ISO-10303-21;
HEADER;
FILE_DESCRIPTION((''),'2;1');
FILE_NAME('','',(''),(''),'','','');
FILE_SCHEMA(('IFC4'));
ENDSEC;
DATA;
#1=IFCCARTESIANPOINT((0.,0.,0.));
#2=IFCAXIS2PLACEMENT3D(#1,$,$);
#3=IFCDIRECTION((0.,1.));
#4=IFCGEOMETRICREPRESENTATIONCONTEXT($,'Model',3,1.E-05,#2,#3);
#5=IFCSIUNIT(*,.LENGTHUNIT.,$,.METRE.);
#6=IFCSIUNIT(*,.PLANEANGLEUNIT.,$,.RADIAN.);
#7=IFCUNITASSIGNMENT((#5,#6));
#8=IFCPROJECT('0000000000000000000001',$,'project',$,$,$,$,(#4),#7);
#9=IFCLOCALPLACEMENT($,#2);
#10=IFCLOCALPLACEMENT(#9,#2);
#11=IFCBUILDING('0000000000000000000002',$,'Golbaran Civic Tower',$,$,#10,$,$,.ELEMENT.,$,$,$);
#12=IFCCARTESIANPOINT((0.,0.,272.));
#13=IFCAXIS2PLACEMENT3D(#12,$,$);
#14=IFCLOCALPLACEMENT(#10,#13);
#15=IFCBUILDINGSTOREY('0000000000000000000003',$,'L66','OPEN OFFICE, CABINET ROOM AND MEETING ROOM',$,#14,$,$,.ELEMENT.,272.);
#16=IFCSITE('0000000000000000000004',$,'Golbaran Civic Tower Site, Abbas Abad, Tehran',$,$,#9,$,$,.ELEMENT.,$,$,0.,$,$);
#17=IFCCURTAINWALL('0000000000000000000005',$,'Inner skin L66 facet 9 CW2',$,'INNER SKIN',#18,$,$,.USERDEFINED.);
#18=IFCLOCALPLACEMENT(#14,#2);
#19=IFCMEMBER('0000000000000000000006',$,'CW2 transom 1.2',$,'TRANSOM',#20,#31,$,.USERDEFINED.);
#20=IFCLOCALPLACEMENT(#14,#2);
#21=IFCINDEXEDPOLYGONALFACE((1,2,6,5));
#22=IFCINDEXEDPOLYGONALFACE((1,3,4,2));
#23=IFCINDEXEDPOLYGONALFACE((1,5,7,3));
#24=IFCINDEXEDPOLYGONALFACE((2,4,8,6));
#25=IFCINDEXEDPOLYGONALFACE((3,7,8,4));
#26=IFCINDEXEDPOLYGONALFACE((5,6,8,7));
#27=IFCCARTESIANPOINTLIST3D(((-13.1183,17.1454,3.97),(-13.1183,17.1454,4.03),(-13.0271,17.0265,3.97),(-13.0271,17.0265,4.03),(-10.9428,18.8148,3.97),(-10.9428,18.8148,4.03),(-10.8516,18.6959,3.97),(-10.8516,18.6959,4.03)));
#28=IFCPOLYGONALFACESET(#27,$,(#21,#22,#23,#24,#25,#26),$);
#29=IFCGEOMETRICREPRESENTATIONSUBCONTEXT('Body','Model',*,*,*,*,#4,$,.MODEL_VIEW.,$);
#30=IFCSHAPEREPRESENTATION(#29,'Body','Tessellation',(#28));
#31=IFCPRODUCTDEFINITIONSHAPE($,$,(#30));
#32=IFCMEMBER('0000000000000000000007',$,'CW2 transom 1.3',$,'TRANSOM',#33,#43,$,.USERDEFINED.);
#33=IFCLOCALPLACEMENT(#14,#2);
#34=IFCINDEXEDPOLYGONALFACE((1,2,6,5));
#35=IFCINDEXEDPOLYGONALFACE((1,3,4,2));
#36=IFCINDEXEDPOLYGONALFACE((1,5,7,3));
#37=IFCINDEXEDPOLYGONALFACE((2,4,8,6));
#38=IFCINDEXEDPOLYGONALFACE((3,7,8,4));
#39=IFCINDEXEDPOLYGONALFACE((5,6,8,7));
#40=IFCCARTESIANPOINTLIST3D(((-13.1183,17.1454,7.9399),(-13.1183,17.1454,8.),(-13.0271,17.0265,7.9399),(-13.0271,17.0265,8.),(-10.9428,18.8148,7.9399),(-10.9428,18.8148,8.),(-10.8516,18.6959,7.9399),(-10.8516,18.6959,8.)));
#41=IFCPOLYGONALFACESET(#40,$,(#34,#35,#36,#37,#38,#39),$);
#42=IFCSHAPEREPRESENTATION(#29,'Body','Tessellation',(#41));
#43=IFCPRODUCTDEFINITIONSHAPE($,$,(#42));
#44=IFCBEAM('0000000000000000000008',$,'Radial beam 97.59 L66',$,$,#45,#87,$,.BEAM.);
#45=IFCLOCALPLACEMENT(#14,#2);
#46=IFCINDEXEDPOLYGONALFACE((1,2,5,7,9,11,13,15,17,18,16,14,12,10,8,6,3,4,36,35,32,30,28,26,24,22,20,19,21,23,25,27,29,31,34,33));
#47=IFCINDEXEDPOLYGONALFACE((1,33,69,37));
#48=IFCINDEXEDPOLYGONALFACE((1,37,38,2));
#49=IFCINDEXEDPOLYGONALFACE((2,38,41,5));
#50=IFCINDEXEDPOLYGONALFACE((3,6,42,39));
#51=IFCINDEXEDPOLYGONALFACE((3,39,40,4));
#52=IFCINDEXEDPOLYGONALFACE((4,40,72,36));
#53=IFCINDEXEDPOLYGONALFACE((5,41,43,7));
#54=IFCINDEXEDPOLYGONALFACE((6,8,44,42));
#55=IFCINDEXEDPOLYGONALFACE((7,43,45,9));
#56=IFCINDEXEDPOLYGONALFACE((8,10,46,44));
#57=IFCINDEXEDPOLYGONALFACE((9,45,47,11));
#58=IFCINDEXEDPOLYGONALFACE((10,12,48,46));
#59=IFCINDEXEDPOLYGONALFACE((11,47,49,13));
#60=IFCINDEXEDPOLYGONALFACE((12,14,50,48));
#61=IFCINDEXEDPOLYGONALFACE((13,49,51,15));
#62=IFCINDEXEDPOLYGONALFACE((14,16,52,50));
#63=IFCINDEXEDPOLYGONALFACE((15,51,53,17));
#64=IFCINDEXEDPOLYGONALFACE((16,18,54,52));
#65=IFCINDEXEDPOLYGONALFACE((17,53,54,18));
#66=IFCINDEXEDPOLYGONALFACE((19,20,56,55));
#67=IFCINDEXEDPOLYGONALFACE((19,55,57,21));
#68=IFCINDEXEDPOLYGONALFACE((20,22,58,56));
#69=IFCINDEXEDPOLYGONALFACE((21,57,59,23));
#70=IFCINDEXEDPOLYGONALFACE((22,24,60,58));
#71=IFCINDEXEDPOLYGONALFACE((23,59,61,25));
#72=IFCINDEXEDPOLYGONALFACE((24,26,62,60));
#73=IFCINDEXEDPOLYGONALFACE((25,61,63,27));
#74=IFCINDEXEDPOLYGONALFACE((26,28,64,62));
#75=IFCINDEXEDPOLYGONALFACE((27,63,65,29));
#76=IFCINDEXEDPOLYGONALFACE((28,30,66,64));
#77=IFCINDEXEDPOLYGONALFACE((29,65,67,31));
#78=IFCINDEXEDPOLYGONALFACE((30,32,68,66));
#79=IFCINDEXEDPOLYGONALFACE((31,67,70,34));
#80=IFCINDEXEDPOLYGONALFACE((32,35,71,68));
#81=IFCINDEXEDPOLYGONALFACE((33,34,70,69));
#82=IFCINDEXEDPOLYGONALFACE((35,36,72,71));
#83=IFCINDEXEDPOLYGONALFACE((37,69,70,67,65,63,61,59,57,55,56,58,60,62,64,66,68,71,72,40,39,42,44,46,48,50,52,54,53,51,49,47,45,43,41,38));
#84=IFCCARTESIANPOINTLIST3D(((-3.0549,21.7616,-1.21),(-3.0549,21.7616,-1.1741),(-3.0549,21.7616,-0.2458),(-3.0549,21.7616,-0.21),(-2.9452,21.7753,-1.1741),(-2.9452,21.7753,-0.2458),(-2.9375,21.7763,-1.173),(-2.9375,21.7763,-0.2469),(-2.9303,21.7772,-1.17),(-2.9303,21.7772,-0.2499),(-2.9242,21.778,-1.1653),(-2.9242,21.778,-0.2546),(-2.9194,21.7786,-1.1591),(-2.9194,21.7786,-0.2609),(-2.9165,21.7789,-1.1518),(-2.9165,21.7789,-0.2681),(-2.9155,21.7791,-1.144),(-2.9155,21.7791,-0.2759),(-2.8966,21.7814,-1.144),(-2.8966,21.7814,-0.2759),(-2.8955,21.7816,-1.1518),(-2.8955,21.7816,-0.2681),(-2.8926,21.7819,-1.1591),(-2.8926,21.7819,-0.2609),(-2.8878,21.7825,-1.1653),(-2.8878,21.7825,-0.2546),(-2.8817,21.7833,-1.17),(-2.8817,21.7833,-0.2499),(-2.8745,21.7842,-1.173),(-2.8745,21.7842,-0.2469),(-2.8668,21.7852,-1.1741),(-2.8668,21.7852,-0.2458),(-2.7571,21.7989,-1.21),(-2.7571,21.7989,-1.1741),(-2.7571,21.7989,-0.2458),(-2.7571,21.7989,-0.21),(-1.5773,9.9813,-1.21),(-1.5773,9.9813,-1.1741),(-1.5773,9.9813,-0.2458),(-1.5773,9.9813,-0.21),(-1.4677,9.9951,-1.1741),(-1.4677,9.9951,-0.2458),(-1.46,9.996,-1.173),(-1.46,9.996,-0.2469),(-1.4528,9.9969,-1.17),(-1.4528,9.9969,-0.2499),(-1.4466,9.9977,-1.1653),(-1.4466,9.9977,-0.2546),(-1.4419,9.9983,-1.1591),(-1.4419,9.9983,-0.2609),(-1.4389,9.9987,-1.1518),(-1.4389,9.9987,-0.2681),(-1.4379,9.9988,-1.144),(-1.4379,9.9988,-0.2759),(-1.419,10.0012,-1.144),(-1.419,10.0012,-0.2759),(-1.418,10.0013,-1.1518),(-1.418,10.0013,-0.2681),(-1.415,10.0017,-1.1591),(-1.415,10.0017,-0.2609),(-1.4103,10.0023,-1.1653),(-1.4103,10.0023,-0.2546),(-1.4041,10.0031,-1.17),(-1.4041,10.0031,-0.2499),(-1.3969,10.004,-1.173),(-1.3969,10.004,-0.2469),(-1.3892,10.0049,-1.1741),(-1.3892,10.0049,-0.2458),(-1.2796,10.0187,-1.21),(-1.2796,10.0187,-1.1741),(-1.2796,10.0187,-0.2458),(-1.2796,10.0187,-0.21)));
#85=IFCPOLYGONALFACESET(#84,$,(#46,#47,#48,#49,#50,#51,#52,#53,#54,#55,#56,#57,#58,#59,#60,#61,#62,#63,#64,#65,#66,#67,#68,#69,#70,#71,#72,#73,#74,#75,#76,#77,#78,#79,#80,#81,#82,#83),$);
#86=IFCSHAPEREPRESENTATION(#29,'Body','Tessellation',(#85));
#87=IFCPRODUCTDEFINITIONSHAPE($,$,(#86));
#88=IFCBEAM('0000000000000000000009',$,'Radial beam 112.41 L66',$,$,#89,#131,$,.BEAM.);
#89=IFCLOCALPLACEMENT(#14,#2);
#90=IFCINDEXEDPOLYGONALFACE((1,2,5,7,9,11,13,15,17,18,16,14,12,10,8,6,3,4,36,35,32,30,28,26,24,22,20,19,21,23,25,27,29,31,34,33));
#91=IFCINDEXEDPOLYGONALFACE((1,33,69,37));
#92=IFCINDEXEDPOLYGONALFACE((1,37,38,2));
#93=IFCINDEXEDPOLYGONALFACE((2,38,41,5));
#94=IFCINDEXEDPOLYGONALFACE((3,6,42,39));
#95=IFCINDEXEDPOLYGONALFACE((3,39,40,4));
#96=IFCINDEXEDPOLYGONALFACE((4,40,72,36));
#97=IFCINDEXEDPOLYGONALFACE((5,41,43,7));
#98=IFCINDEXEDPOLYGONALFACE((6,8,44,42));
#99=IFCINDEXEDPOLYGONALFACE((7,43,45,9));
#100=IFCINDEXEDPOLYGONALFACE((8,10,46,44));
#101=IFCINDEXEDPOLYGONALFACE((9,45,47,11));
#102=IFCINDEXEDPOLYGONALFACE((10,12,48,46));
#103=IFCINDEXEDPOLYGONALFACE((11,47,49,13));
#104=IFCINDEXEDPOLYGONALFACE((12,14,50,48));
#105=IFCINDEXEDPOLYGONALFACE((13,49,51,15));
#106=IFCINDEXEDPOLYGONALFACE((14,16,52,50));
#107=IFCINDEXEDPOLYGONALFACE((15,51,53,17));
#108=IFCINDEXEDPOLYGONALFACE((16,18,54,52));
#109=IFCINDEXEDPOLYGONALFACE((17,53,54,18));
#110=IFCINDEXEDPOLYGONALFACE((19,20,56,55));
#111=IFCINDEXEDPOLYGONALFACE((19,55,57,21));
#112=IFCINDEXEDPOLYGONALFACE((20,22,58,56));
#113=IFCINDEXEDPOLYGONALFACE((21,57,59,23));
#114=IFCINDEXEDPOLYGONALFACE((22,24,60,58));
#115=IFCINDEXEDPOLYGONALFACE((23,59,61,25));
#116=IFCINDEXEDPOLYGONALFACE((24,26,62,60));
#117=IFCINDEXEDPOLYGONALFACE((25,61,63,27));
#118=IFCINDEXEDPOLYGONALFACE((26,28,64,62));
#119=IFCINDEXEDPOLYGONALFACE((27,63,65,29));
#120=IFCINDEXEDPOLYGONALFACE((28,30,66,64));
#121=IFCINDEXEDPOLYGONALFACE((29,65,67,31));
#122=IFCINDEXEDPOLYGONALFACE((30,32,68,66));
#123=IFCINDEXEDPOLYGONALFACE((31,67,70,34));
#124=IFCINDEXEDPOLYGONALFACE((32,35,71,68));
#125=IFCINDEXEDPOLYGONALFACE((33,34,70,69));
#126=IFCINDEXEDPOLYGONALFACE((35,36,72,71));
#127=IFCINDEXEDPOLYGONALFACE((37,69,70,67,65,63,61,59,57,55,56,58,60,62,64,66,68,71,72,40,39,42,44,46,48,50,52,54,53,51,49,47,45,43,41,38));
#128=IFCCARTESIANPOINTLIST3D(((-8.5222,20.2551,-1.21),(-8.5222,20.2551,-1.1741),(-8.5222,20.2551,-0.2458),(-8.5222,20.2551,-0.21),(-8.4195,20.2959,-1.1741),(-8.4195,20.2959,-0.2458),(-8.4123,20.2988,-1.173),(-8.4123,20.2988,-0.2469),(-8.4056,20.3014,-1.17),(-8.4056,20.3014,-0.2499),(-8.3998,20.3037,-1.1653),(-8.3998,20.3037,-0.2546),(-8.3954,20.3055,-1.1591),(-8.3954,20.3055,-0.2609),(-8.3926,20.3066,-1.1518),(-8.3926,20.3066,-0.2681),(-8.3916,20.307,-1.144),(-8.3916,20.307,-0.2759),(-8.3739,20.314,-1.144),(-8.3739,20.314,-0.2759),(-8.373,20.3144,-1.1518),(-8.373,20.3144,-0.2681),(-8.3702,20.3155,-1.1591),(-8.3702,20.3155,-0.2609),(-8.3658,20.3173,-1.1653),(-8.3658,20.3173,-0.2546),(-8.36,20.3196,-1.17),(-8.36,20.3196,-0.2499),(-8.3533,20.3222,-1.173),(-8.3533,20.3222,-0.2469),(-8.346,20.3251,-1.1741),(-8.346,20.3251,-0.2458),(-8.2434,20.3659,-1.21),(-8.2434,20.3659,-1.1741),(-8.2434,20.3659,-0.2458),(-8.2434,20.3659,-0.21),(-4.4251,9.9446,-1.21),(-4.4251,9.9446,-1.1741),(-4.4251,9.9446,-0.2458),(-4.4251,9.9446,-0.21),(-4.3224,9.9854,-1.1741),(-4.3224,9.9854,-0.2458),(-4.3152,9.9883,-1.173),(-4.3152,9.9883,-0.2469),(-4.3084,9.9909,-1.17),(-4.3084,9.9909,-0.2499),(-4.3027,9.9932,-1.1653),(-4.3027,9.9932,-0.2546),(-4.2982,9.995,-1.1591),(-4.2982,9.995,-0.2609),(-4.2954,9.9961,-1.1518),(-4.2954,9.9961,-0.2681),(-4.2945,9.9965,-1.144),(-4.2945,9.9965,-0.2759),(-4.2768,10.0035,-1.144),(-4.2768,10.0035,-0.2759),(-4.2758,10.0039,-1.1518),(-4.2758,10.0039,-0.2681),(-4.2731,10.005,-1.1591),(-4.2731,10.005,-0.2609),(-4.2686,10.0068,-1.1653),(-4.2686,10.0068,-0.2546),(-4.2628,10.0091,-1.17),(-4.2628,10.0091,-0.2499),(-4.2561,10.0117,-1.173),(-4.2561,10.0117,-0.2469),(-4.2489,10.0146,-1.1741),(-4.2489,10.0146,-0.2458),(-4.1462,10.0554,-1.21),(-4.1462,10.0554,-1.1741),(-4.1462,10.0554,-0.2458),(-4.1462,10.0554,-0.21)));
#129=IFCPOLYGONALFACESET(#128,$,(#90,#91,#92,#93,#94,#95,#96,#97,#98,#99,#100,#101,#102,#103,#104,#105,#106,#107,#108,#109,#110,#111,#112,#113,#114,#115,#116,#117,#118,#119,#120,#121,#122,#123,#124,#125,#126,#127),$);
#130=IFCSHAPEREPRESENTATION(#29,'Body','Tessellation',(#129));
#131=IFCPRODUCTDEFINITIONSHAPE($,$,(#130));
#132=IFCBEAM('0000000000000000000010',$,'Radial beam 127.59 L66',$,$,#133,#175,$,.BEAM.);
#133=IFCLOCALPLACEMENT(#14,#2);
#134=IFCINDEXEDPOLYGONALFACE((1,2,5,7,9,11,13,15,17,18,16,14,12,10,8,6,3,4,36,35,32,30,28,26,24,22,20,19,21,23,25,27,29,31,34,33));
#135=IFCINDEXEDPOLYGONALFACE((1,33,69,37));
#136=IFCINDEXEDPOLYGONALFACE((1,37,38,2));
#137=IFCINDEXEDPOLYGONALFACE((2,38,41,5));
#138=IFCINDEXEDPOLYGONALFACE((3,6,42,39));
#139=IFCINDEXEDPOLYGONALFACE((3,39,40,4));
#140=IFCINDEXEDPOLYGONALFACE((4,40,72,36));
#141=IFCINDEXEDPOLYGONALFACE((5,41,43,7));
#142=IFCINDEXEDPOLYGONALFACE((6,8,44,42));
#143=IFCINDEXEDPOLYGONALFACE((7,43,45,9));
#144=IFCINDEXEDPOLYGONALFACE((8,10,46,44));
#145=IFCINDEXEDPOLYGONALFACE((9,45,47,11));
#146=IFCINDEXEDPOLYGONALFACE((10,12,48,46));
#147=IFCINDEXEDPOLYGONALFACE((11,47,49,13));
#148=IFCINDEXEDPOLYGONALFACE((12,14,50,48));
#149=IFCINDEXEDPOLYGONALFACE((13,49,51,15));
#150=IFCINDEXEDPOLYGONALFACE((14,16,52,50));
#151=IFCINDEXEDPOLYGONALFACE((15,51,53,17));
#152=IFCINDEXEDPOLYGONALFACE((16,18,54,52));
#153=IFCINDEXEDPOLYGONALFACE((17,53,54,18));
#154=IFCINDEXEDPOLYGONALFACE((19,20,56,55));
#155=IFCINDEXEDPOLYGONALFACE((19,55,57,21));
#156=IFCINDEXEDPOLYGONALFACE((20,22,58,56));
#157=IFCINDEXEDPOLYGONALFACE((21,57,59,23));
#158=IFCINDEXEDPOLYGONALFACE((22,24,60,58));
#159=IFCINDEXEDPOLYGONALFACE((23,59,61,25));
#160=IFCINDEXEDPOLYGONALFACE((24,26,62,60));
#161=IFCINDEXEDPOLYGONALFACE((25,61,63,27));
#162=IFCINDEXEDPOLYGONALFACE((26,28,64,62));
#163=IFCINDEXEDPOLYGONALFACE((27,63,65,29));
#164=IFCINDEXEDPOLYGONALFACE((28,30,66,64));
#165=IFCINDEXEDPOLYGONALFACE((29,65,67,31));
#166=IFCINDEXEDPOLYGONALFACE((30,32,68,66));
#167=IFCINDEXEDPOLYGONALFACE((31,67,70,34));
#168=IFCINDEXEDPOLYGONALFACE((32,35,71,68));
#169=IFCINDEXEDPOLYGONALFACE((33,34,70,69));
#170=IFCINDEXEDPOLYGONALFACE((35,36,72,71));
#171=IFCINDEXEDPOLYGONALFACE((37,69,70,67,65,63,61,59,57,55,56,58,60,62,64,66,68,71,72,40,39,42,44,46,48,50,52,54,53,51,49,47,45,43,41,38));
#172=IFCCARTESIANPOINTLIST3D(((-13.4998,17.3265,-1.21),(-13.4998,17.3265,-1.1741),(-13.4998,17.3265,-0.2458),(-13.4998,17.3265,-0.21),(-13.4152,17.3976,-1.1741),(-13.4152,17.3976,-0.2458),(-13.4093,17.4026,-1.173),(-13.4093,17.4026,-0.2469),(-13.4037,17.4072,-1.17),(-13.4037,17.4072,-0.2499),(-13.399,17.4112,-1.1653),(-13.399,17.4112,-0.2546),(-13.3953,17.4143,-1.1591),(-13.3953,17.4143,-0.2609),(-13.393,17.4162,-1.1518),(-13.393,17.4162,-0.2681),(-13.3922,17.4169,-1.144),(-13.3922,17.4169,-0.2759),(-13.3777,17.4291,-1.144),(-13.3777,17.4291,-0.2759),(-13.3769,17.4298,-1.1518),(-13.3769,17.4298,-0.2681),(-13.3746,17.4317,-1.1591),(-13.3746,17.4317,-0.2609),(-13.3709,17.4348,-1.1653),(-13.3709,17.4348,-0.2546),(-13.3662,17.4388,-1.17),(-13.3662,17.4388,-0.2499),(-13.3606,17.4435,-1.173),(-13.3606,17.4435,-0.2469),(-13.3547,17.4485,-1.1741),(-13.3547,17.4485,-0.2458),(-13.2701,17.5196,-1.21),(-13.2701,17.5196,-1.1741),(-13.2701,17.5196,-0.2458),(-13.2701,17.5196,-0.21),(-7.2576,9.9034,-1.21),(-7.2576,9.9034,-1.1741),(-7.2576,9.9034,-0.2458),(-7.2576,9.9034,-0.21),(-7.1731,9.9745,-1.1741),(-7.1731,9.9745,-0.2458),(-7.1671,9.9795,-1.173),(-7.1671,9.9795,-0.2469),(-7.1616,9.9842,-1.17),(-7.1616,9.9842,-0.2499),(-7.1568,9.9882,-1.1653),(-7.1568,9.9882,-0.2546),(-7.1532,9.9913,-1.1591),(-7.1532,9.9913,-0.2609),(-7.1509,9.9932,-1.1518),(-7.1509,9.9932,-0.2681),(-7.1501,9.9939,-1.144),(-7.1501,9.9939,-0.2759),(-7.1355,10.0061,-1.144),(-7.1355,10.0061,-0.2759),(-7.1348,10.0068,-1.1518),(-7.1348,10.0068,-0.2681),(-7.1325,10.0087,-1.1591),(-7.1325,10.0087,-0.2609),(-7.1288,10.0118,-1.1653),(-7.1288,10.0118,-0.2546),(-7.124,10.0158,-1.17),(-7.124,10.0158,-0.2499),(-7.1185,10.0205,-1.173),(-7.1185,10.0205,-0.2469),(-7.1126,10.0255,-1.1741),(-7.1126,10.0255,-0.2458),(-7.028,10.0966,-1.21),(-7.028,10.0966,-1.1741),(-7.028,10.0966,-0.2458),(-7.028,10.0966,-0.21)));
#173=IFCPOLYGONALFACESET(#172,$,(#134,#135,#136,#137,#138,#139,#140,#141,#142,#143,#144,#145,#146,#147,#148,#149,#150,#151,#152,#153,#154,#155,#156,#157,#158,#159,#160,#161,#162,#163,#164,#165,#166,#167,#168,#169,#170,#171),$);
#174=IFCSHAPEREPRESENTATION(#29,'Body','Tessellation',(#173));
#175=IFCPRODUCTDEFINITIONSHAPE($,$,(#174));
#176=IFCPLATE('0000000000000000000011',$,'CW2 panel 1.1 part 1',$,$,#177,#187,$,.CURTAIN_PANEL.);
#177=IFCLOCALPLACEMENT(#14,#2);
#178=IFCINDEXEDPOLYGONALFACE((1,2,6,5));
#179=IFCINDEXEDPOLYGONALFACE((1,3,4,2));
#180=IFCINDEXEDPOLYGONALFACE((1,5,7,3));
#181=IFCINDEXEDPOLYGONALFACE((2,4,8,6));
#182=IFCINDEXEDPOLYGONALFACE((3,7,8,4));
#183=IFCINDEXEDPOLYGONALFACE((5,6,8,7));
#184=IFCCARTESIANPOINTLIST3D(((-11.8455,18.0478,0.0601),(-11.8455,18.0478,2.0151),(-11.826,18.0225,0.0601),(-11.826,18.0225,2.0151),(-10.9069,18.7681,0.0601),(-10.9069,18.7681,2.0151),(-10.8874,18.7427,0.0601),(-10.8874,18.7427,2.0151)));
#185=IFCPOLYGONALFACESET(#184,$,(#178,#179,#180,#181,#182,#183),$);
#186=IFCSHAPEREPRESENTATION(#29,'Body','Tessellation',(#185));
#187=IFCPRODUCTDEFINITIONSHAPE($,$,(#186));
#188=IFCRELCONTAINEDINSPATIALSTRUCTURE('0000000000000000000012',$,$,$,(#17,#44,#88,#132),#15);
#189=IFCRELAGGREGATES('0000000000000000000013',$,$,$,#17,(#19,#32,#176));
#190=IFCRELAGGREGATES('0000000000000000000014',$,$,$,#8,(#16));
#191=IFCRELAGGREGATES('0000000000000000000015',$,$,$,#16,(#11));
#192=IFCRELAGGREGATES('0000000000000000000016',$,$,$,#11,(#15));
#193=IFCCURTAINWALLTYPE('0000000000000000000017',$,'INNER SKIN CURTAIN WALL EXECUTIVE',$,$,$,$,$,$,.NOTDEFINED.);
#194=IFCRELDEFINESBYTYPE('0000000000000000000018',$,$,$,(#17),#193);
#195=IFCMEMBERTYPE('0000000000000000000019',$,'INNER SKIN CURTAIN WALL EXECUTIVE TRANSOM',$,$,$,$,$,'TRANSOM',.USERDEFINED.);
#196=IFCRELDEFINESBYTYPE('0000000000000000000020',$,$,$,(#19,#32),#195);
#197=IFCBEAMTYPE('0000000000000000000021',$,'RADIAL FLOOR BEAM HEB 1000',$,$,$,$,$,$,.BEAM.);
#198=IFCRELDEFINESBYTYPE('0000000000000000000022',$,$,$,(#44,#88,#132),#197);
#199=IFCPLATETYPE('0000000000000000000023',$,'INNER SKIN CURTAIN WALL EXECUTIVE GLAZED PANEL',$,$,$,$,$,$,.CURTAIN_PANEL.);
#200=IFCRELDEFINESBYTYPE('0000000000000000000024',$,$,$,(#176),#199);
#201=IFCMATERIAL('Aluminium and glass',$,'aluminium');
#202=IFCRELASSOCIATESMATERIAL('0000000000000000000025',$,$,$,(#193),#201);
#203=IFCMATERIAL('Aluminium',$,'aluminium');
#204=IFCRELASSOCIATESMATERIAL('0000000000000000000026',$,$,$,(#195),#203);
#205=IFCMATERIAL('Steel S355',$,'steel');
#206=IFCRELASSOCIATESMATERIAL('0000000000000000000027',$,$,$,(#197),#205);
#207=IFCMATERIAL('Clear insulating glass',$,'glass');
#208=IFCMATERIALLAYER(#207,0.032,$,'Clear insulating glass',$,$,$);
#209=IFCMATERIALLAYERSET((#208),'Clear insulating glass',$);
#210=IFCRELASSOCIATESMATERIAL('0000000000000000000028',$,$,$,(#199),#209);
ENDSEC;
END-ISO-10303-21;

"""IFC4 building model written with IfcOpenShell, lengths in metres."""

from ifc_helpers import new_model, si_unit, direction, frame, origin, origin_2d, place, context, subcontext, project, spatial, rectangle, i_section, extrude, material, layer, layer_set, material_profile, profile_set, type_object, element, aggregate, save


model = new_model("IFC4")

# Units and contexts
model_context = context("Model", 3, precision=1e-05, world=origin(), true_north=direction((0.0, 1.0)))
body_context = subcontext(model_context, "Body", "Model", "MODEL_VIEW")
ifc_project = project(units=[si_unit("LENGTHUNIT", "METRE"), si_unit("PLANEANGLEUNIT", "RADIAN")], contexts=[model_context])

# Site, building, storey
site_placement = place(None, origin())
site = spatial("IfcSite", under=ifc_project, at=site_placement, Name="Golbaran Civic Tower Site, Abbas Abad, Tehran", CompositionType="ELEMENT", RefElevation=0.0)
building_placement = place(site_placement, origin())
building = spatial("IfcBuilding", under=site, at=building_placement, Name="Golbaran Civic Tower", CompositionType="ELEMENT")
storey_placement = place(building_placement, frame((0.0, 0.0, 272.0)))
storey = spatial("IfcBuildingStorey", under=building, at=storey_placement, Name="L66", Description="OPEN OFFICE, CABINET ROOM AND MEETING ROOM", CompositionType="ELEMENT", Elevation=272.0)

# Shared definitions
ifc_material_1 = material(Name="Steel S355", Category="steel")

# Shared definitions
ifc_material_2 = material(Name="Aluminium and glass", Category="aluminium")
curtain_wall_type = type_object("IfcCurtainWallType", Name="INNER SKIN CURTAIN WALL EXECUTIVE", PredefinedType="NOTDEFINED", material=ifc_material_2)
ifc_material_3 = material(Name="Aluminium", Category="aluminium")

# Curtain wall, members
curtain_wall_1_placement = place(storey_placement, origin())
curtain_wall_1 = element("IfcCurtainWall", 1, at=curtain_wall_1_placement, inside=storey, type_object=curtain_wall_type, Name="Inner skin L66 facet 9 CW2", ObjectType="INNER SKIN", PredefinedType="USERDEFINED")
ifc_material_profile_1 = material_profile(ifc_material_3, rectangle(XDim=0.1499, YDim=0.0601, at=origin_2d()), Name="INNER SKIN CURTAIN WALL EXECUTIVE TRANSOM")
ifc_profile_set_1 = profile_set([ifc_material_profile_1], Name="Aluminium")
member_type_1 = type_object("IfcMemberType", Name="INNER SKIN CURTAIN WALL EXECUTIVE TRANSOM", ElementType="TRANSOM", PredefinedType="USERDEFINED", material=ifc_profile_set_1)
member_1_placement = place(storey_placement, frame((-10.8972, 18.7554, 4.0), z_axis=(-0.793338, -0.608781, 0.0), x_axis=(0.608781, -0.793338, 0.0)))
member_1 = element("IfcMember", 2, at=member_1_placement, type_object=member_type_1, Name="CW2 transom 1.2", ObjectType="TRANSOM", PredefinedType="USERDEFINED", context=body_context, shape_type="SweptSolid", body=[
    extrude(rectangle(XDim=0.1499, YDim=0.0601, at=origin_2d()), origin(), (0.0, 0.0, 1.0), 2.7422),
])
member_2_placement = place(storey_placement, frame((-10.8972, 18.7554, 7.97), z_axis=(-0.793338, -0.608781, 0.0), x_axis=(0.608781, -0.793338, 0.0)))
member_2 = element("IfcMember", 3, at=member_2_placement, type_object=member_type_1, Name="CW2 transom 1.3", ObjectType="TRANSOM", PredefinedType="USERDEFINED", context=body_context, shape_type="SweptSolid", body=[
    extrude(rectangle(XDim=0.1499, YDim=0.0601, at=origin_2d()), origin(), (0.0, 0.0, 1.0), 2.7422),
])

# Beams
ifc_material_profile_2 = material_profile(ifc_material_1, i_section(OverallWidth=0.3, OverallDepth=1.0, WebThickness=0.019, FlangeThickness=0.0359, FilletRadius=0.03, at=origin_2d()), Name="HEB 1000")
ifc_profile_set_2 = profile_set([ifc_material_profile_2], Name="Steel S355")
beam_type_1 = type_object("IfcBeamType", Name="RADIAL FLOOR BEAM HEB 1000", PredefinedType="BEAM", material=ifc_profile_set_2)
beam_1_placement = place(storey_placement, frame((-1.4285, 10.0, -0.71), z_axis=(-0.12445, 0.992226, 0.0), x_axis=(-0.992226, -0.12445, 0.0)))
element("IfcBeam", 4, at=beam_1_placement, inside=storey, type_object=beam_type_1, Name="Radial beam 97.59 L66", PredefinedType="BEAM", context=body_context, shape_type="SweptSolid", body=[
    extrude(i_section(OverallWidth=0.3, OverallDepth=1.0, WebThickness=0.019, FlangeThickness=0.0359, FilletRadius=0.03, at=origin_2d()), origin(), (0.0, 0.0, 1.0), 11.8726),
])
beam_2_placement = place(storey_placement, frame((-4.2856, 10.0, -0.71), z_axis=(-0.369288, 0.929315, 0.0), x_axis=(-0.929315, -0.369288, 0.0)))
element("IfcBeam", 5, at=beam_2_placement, inside=storey, type_object=beam_type_1, Name="Radial beam 112.41 L66", PredefinedType="BEAM", context=body_context, shape_type="SweptSolid", body=[
    extrude(i_section(OverallWidth=0.3, OverallDepth=1.0, WebThickness=0.019, FlangeThickness=0.0359, FilletRadius=0.03, at=origin_2d()), origin(), (0.0, 0.0, 1.0), 11.0947),
])
beam_3_placement = place(storey_placement, frame((-7.1428, 10.0, -0.71), z_axis=(-0.643602, 0.76536, 0.0), x_axis=(-0.76536, -0.643602, 0.0)))
element("IfcBeam", 6, at=beam_3_placement, inside=storey, type_object=beam_type_1, Name="Radial beam 127.59 L66", PredefinedType="BEAM", context=body_context, shape_type="SweptSolid", body=[
    extrude(i_section(OverallWidth=0.3, OverallDepth=1.0, WebThickness=0.019, FlangeThickness=0.0359, FilletRadius=0.03, at=origin_2d()), origin(), (0.0, 0.0, 1.0), 9.6987),
])

# Plate
ifc_material_4 = material(Name="Clear insulating glass", Category="glass")
ifc_layer_1 = layer(ifc_material_4, 0.032, Name="Clear insulating glass")
ifc_layer_set_1 = layer_set([ifc_layer_1], Name="Clear insulating glass")
plate_type_1 = type_object("IfcPlateType", Name="INNER SKIN CURTAIN WALL EXECUTIVE GLAZED PANEL", PredefinedType="CURTAIN_PANEL", material=ifc_layer_set_1)
plate_1_placement = place(storey_placement, frame((-11.3665, 18.3953, 0.0601), z_axis=(0.0, 0.0, 1.0), x_axis=(-0.793353, -0.608761, 0.0)))
plate_1 = element("IfcPlate", 7, at=plate_1_placement, type_object=plate_type_1, Name="CW2 panel 1.1 part 1", PredefinedType="CURTAIN_PANEL", context=body_context, shape_type="SweptSolid", body=[
    extrude(rectangle(XDim=1.1831, YDim=0.032, at=origin_2d()), origin(), (0.0, 0.0, 1.0), 1.9551),
])
aggregate(curtain_wall_1, [member_1, member_2, plate_1])

save(model, "model.ifc")
